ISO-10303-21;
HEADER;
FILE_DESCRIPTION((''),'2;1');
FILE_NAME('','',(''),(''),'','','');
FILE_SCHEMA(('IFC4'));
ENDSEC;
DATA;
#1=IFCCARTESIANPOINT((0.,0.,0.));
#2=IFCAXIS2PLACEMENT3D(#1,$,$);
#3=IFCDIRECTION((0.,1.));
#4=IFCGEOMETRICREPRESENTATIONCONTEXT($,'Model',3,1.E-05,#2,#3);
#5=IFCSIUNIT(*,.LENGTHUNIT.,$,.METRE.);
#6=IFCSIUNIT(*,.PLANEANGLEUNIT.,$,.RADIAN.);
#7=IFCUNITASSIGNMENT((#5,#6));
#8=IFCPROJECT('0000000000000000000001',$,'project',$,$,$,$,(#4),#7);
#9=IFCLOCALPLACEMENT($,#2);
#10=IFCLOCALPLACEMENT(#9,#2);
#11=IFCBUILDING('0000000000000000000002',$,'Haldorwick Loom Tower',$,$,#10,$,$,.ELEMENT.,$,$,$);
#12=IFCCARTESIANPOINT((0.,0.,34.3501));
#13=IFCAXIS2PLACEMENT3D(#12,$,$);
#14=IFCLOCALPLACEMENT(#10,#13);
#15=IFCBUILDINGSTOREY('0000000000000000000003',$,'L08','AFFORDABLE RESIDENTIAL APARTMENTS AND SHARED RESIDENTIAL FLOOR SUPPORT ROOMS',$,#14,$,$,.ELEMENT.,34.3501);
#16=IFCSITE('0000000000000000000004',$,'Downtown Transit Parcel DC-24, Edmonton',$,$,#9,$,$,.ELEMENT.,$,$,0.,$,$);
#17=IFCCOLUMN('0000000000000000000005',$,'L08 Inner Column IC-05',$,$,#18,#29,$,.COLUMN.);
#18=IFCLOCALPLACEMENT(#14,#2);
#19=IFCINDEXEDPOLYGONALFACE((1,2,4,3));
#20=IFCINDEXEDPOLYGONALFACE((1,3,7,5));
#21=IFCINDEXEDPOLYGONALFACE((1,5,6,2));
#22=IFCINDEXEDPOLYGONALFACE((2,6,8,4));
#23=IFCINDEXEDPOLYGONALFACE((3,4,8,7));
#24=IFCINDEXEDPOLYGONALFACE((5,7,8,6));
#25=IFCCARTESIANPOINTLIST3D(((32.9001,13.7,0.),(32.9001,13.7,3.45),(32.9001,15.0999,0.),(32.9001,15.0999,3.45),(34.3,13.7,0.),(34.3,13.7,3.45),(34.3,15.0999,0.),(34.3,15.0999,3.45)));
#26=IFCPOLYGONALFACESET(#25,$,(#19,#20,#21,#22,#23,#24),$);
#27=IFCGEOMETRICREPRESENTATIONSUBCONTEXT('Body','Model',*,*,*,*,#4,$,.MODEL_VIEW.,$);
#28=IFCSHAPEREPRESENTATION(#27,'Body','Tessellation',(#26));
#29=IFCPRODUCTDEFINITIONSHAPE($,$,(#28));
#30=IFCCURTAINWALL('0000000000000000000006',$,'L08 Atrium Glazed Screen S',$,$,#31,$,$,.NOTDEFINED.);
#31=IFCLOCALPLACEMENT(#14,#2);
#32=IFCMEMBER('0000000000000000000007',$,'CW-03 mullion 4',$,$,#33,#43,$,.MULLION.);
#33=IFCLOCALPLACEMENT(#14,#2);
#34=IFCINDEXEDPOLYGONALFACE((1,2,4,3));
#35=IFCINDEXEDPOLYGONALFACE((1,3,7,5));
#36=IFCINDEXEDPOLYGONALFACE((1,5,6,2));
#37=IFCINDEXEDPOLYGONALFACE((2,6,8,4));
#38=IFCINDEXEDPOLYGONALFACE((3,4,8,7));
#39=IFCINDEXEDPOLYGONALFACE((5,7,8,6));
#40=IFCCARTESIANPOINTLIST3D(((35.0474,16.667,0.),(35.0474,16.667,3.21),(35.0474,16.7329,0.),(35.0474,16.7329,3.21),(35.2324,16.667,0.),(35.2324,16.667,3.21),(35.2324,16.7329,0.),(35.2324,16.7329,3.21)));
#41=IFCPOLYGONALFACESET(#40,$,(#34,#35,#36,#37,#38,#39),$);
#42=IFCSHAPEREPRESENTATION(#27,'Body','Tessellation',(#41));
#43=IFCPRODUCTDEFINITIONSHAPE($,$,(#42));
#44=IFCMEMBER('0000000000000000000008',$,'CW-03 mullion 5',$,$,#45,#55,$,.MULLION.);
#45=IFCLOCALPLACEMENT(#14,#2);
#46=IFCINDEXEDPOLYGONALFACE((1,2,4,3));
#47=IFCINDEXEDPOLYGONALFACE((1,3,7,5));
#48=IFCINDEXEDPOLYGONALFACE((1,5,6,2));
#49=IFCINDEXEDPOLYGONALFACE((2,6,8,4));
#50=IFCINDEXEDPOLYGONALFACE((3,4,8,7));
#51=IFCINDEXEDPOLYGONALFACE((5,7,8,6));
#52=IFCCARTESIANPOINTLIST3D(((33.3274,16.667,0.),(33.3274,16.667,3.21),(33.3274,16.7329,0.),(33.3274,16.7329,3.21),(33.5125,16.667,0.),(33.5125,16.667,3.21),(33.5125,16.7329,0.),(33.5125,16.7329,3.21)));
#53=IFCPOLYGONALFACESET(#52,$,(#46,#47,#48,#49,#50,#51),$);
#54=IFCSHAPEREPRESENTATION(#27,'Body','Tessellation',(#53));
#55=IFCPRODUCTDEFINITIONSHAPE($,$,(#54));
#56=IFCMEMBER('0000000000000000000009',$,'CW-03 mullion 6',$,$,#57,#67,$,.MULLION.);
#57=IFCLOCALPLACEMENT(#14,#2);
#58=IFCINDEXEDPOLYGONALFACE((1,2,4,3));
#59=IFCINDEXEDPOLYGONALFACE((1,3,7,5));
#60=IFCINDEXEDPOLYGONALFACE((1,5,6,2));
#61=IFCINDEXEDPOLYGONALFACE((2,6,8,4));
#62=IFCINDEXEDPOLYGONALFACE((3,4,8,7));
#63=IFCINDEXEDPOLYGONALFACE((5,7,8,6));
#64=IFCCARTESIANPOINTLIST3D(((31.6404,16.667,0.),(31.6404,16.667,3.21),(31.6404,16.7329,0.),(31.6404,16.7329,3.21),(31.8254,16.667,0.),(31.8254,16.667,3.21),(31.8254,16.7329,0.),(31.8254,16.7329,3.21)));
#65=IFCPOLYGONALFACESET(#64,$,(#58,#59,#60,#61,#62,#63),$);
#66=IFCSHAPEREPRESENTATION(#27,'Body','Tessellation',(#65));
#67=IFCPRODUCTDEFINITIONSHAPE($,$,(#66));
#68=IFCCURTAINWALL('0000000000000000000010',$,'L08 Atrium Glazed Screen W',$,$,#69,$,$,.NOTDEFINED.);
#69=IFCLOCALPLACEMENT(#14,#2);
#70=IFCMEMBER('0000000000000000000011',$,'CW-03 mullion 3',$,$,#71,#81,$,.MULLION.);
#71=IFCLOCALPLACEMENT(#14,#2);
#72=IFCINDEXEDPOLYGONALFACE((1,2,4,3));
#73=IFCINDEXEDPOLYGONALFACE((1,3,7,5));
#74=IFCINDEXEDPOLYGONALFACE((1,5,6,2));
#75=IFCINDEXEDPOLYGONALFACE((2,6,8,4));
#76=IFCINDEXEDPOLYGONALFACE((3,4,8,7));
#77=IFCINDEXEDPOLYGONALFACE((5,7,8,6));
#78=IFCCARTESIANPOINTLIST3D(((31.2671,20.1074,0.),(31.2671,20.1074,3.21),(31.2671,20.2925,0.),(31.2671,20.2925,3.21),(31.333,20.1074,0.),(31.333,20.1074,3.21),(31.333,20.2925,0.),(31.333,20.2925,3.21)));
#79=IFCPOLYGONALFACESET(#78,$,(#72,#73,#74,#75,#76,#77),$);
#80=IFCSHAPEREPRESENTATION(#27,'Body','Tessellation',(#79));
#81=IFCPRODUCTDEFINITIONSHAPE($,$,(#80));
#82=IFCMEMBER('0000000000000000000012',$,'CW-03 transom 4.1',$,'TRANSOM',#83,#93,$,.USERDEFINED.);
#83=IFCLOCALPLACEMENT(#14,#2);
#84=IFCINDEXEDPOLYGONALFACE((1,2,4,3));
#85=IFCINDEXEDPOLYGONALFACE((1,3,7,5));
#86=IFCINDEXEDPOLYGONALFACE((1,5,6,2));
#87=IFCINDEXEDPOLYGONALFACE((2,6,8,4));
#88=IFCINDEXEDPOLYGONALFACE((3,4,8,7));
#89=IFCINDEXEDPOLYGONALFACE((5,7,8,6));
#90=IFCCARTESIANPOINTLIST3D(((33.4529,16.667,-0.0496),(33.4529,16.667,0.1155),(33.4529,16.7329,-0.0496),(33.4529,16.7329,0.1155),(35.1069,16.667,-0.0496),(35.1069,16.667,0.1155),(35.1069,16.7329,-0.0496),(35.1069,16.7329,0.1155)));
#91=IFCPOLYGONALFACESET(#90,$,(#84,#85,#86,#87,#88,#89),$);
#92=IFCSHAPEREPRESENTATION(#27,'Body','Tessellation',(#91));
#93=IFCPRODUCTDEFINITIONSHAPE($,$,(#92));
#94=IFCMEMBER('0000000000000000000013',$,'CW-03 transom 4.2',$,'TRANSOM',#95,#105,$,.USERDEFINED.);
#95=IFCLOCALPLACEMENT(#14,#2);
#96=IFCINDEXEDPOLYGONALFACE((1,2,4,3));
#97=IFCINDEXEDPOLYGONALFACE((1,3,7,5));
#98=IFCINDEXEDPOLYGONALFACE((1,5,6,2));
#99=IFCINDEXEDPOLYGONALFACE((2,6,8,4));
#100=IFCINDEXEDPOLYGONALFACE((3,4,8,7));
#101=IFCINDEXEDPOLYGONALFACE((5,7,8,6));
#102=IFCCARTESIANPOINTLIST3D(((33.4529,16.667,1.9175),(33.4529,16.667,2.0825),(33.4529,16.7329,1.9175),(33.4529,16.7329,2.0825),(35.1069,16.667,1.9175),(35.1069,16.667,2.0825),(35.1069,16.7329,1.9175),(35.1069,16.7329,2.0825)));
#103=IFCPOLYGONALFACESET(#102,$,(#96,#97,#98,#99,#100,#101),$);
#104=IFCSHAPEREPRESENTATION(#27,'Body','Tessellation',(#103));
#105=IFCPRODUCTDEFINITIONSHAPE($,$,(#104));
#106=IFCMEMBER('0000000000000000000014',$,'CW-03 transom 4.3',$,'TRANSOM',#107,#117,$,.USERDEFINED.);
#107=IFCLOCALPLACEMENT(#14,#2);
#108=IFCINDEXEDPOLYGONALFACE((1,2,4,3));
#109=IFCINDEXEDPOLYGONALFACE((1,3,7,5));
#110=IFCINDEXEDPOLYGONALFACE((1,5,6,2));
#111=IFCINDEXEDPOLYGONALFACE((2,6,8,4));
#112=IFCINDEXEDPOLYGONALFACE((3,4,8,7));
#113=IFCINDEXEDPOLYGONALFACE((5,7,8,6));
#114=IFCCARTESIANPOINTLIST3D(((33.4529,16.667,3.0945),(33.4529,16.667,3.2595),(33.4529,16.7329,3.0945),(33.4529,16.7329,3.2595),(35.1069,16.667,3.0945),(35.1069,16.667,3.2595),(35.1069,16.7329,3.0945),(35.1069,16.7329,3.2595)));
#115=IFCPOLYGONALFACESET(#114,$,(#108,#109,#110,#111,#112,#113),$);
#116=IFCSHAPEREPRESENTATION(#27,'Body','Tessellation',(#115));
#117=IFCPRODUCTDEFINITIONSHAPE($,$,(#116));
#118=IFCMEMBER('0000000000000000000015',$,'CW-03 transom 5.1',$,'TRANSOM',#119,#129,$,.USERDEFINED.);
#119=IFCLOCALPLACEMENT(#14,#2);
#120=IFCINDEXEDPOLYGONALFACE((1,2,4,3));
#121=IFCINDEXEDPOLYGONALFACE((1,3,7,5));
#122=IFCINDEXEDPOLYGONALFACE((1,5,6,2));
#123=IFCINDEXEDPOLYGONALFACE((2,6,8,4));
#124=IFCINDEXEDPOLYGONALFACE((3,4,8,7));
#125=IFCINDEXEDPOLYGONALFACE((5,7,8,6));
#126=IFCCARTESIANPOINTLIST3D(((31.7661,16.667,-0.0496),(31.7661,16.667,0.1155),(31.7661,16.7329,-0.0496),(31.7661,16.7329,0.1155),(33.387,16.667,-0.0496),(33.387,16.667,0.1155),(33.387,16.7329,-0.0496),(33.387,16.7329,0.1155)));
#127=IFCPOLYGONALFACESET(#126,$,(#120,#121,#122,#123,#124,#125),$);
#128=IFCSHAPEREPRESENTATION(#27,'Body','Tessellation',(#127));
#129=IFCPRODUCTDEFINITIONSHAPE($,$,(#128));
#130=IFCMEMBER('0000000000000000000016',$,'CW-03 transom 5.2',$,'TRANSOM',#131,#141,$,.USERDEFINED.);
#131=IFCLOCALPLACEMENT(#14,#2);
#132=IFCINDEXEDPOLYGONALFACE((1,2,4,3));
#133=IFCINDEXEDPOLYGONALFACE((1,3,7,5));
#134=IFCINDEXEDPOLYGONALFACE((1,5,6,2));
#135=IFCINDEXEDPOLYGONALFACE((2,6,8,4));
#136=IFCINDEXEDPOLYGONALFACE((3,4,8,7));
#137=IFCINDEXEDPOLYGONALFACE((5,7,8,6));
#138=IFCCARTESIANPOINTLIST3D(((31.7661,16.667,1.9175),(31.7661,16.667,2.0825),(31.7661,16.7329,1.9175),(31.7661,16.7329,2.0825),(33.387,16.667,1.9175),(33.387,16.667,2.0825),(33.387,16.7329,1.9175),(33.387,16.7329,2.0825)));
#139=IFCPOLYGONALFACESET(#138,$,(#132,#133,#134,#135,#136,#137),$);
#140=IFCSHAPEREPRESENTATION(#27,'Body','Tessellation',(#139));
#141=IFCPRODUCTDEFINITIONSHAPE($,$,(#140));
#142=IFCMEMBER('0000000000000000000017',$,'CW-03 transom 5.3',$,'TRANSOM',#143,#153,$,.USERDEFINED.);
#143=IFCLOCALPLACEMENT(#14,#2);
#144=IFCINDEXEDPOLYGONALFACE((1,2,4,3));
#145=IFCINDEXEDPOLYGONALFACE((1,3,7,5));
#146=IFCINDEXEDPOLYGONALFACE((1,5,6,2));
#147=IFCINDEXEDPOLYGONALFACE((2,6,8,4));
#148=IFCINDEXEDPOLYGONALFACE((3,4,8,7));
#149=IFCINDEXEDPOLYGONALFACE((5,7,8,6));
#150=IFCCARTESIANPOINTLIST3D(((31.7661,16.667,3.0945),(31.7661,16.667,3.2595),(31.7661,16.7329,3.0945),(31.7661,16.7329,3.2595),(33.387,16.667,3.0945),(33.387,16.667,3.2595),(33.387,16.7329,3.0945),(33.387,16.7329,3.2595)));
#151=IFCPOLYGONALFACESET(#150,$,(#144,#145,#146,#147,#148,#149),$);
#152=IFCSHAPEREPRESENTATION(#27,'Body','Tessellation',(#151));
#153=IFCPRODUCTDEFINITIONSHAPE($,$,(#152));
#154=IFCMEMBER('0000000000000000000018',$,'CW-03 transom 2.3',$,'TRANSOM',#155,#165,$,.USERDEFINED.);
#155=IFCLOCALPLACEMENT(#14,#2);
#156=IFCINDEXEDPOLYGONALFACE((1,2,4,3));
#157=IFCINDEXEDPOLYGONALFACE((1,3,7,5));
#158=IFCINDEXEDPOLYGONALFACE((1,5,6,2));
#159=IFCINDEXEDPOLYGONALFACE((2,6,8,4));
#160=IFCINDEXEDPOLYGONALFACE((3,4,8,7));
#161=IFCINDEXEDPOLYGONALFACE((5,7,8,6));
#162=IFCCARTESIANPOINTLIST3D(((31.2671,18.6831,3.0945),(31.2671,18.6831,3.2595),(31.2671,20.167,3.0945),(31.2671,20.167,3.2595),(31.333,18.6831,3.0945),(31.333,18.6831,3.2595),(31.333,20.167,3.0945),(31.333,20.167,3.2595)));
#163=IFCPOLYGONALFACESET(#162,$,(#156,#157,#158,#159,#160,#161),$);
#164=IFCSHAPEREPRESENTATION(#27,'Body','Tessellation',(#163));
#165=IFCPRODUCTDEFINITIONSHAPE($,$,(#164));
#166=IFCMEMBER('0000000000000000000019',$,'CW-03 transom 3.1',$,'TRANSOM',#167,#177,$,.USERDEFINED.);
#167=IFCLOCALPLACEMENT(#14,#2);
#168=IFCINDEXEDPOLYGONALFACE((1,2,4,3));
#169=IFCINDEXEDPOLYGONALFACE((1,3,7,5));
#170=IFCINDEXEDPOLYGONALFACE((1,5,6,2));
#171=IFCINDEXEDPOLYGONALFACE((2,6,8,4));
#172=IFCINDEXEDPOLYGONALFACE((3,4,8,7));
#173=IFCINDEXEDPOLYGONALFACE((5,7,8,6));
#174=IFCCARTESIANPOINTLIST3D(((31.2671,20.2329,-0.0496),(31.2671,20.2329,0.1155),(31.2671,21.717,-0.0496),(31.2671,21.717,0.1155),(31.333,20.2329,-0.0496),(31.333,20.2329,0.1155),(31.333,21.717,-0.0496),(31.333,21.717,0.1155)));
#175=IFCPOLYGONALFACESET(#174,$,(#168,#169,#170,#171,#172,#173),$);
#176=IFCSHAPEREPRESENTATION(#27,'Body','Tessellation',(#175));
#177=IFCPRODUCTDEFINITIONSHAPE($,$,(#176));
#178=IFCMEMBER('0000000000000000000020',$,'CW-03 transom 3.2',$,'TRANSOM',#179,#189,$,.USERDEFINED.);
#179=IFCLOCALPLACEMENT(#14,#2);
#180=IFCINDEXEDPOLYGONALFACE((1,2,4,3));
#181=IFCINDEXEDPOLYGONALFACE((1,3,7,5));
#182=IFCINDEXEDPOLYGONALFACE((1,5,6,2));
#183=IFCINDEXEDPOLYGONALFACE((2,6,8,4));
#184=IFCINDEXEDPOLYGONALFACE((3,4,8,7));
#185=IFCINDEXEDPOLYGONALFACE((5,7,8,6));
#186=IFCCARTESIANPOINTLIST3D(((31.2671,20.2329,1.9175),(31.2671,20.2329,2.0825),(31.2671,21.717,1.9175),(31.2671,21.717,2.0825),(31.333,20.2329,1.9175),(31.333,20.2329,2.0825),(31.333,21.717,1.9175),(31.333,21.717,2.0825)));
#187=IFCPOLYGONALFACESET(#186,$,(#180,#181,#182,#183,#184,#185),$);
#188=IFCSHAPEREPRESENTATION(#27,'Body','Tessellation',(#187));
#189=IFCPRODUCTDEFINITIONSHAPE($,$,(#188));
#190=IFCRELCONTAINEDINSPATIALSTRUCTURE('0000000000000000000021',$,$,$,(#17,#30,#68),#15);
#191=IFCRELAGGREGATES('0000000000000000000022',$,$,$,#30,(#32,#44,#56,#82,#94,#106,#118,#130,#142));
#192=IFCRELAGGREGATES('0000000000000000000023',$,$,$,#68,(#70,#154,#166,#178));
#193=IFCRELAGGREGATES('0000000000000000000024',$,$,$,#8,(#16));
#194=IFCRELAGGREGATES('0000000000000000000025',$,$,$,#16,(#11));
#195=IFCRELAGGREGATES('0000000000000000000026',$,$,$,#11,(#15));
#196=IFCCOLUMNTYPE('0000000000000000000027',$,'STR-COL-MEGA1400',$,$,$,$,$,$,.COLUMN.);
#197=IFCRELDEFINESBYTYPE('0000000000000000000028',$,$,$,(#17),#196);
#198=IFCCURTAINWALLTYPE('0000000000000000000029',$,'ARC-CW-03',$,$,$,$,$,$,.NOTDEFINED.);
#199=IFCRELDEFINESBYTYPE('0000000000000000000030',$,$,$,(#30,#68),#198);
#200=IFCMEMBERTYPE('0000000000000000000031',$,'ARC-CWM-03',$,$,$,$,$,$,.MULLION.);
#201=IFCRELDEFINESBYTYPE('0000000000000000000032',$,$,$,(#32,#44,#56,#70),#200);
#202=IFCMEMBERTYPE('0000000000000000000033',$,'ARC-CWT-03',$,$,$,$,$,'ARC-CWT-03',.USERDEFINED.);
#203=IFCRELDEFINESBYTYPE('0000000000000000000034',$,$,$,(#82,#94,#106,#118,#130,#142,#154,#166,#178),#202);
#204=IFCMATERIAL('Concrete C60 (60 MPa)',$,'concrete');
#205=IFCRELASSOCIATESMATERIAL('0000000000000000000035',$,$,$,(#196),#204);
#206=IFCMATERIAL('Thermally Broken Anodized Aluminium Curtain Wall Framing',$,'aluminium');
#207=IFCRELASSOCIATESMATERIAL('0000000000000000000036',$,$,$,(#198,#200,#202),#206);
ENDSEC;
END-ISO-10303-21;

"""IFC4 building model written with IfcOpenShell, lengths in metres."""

from ifc_helpers import new_model, si_unit, direction, frame, origin, origin_2d, place, context, subcontext, project, spatial, rectangle, extrude, material, material_profile, profile_set, type_object, element, aggregate, save


model = new_model("IFC4")

# Units and contexts
model_context = context("Model", 3, precision=1e-05, world=origin(), true_north=direction((0.0, 1.0)))
body_context = subcontext(model_context, "Body", "Model", "MODEL_VIEW")
ifc_project = project(units=[si_unit("LENGTHUNIT", "METRE"), si_unit("PLANEANGLEUNIT", "RADIAN")], contexts=[model_context])

# Site, building, storey
site_placement = place(None, origin())
site = spatial("IfcSite", under=ifc_project, at=site_placement, Name="Downtown Transit Parcel DC-24, Edmonton", CompositionType="ELEMENT", RefElevation=0.0)
building_placement = place(site_placement, origin())
building = spatial("IfcBuilding", under=site, at=building_placement, Name="Haldorwick Loom Tower", CompositionType="ELEMENT")
storey_placement = place(building_placement, frame((0.0, 0.0, 34.3501)))
storey = spatial("IfcBuildingStorey", under=building, at=storey_placement, Name="L08", Description="AFFORDABLE RESIDENTIAL APARTMENTS AND SHARED RESIDENTIAL FLOOR SUPPORT ROOMS", CompositionType="ELEMENT", Elevation=34.3501)

# Column
ifc_material_1 = material(Name="Concrete C60 (60 MPa)", Category="concrete")
ifc_material_profile_1 = material_profile(ifc_material_1, rectangle(XDim=1.3999, YDim=1.3999, at=origin_2d()), Name="RC1400X1400", Category="concrete")
ifc_profile_set_1 = profile_set([ifc_material_profile_1], Name="Concrete C60 (60 MPa)")
column_type = type_object("IfcColumnType", Name="STR-COL-MEGA1400", PredefinedType="COLUMN", material=ifc_profile_set_1)
column_placement = place(storey_placement, frame((33.6001, 14.3999, 0.0), z_axis=(0.0, 0.0, 1.0), x_axis=(1.0, 0.0, 0.0)))
element("IfcColumn", 1, at=column_placement, inside=storey, type_object=column_type, Name="L08 Inner Column IC-05", PredefinedType="COLUMN", context=body_context, shape_type="SweptSolid", body=[
    extrude(rectangle(XDim=1.3999, YDim=1.3999, at=origin_2d()), origin(), (0.0, 0.0, 1.0), 3.45),
])

# Curtain wall, members
ifc_material_2 = material(Name="Thermally Broken Anodized Aluminium Curtain Wall Framing", Category="aluminium")
curtain_wall_type = type_object("IfcCurtainWallType", Name="ARC-CW-03", PredefinedType="NOTDEFINED", material=ifc_material_2)
curtain_wall_1_placement = place(storey_placement, origin())
curtain_wall_1 = element("IfcCurtainWall", 2, at=curtain_wall_1_placement, inside=storey, type_object=curtain_wall_type, Name="L08 Atrium Glazed Screen S", PredefinedType="NOTDEFINED")
ifc_material_profile_2 = material_profile(ifc_material_2, rectangle(XDim=0.0659, YDim=0.1851, at=origin_2d()), Name="ALU_MUL_66X185", Category="aluminium")
ifc_profile_set_2 = profile_set([ifc_material_profile_2], Name="Thermally Broken Anodized Aluminium Curtain Wall Framing")
member_type_1 = type_object("IfcMemberType", Name="ARC-CWM-03", PredefinedType="MULLION", material=ifc_profile_set_2)
member_1_placement = place(storey_placement, frame((35.1399, 16.7, 0.0), z_axis=(0.0, 0.0, 1.0), x_axis=(0.0, -1.0, 0.0)))
member_1 = element("IfcMember", 3, at=member_1_placement, type_object=member_type_1, Name="CW-03 mullion 4", PredefinedType="MULLION", context=body_context, shape_type="SweptSolid", body=[
    extrude(rectangle(XDim=0.0659, YDim=0.1851, at=origin_2d()), origin(), (0.0, 0.0, 1.0), 3.21),
])
member_2_placement = place(storey_placement, frame((33.4199, 16.7, 0.0), z_axis=(0.0, 0.0, 1.0), x_axis=(0.0, -1.0, 0.0)))
member_2 = element("IfcMember", 4, at=member_2_placement, type_object=member_type_1, Name="CW-03 mullion 5", PredefinedType="MULLION", context=body_context, shape_type="SweptSolid", body=[
    extrude(rectangle(XDim=0.0659, YDim=0.1851, at=origin_2d()), origin(), (0.0, 0.0, 1.0), 3.21),
])
member_3_placement = place(storey_placement, frame((31.7329, 16.7, 0.0), z_axis=(0.0, 0.0, 1.0), x_axis=(0.0, -1.0, 0.0)))
member_3 = element("IfcMember", 5, at=member_3_placement, type_object=member_type_1, Name="CW-03 mullion 6", PredefinedType="MULLION", context=body_context, shape_type="SweptSolid", body=[
    extrude(rectangle(XDim=0.0659, YDim=0.1851, at=origin_2d()), origin(), (0.0, 0.0, 1.0), 3.21),
])

# Curtain wall, member
curtain_wall_2_placement = place(storey_placement, origin())
curtain_wall_2 = element("IfcCurtainWall", 6, at=curtain_wall_2_placement, inside=storey, type_object=curtain_wall_type, Name="L08 Atrium Glazed Screen W", PredefinedType="NOTDEFINED")
member_4_placement = place(storey_placement, frame((31.3, 20.2, 0.0), z_axis=(0.0, 0.0, 1.0), x_axis=(-1.0, 0.0, 0.0)))
member_4 = element("IfcMember", 7, at=member_4_placement, type_object=member_type_1, Name="CW-03 mullion 3", PredefinedType="MULLION", context=body_context, shape_type="SweptSolid", body=[
    extrude(rectangle(XDim=0.0659, YDim=0.1851, at=origin_2d()), origin(), (0.0, 0.0, 1.0), 3.21),
])

# Members
ifc_material_profile_3 = material_profile(ifc_material_2, rectangle(XDim=0.0659, YDim=0.165, at=origin_2d()), Name="ALU_TRN_66X165", Category="aluminium")
ifc_profile_set_3 = profile_set([ifc_material_profile_3], Name="Thermally Broken Anodized Aluminium Curtain Wall Framing")
member_type_2 = type_object("IfcMemberType", Name="ARC-CWT-03", ElementType="ARC-CWT-03", PredefinedType="USERDEFINED", material=ifc_profile_set_3)
member_5_placement = place(storey_placement, frame((35.1069, 16.7, 0.033), z_axis=(-1.0, 0.0, 0.0), x_axis=(0.0, -1.0, 0.0)))
member_5 = element("IfcMember", 8, at=member_5_placement, type_object=member_type_2, Name="CW-03 transom 4.1", ObjectType="TRANSOM", PredefinedType="USERDEFINED", context=body_context, shape_type="SweptSolid", body=[
    extrude(rectangle(XDim=0.0659, YDim=0.165, at=origin_2d()), origin(), (0.0, 0.0, 1.0), 1.6541),
])
member_6_placement = place(storey_placement, frame((35.1069, 16.7, 2.0), z_axis=(-1.0, 0.0, 0.0), x_axis=(0.0, -1.0, 0.0)))
member_6 = element("IfcMember", 9, at=member_6_placement, type_object=member_type_2, Name="CW-03 transom 4.2", ObjectType="TRANSOM", PredefinedType="USERDEFINED", context=body_context, shape_type="SweptSolid", body=[
    extrude(rectangle(XDim=0.0659, YDim=0.165, at=origin_2d()), origin(), (0.0, 0.0, 1.0), 1.6541),
])
member_7_placement = place(storey_placement, frame((35.1069, 16.7, 3.177), z_axis=(-1.0, 0.0, 0.0), x_axis=(0.0, -1.0, 0.0)))
member_7 = element("IfcMember", 10, at=member_7_placement, type_object=member_type_2, Name="CW-03 transom 4.3", ObjectType="TRANSOM", PredefinedType="USERDEFINED", context=body_context, shape_type="SweptSolid", body=[
    extrude(rectangle(XDim=0.0659, YDim=0.165, at=origin_2d()), origin(), (0.0, 0.0, 1.0), 1.6541),
])
member_8_placement = place(storey_placement, frame((33.387, 16.7, 0.033), z_axis=(-1.0, 0.0, 0.0), x_axis=(0.0, -1.0, 0.0)))
member_8 = element("IfcMember", 11, at=member_8_placement, type_object=member_type_2, Name="CW-03 transom 5.1", ObjectType="TRANSOM", PredefinedType="USERDEFINED", context=body_context, shape_type="SweptSolid", body=[
    extrude(rectangle(XDim=0.0659, YDim=0.165, at=origin_2d()), origin(), (0.0, 0.0, 1.0), 1.6208),
])
member_9_placement = place(storey_placement, frame((33.387, 16.7, 2.0), z_axis=(-1.0, 0.0, 0.0), x_axis=(0.0, -1.0, 0.0)))
member_9 = element("IfcMember", 12, at=member_9_placement, type_object=member_type_2, Name="CW-03 transom 5.2", ObjectType="TRANSOM", PredefinedType="USERDEFINED", context=body_context, shape_type="SweptSolid", body=[
    extrude(rectangle(XDim=0.0659, YDim=0.165, at=origin_2d()), origin(), (0.0, 0.0, 1.0), 1.6208),
])
member_10_placement = place(storey_placement, frame((33.387, 16.7, 3.177), z_axis=(-1.0, 0.0, 0.0), x_axis=(0.0, -1.0, 0.0)))
member_10 = element("IfcMember", 13, at=member_10_placement, type_object=member_type_2, Name="CW-03 transom 5.3", ObjectType="TRANSOM", PredefinedType="USERDEFINED", context=body_context, shape_type="SweptSolid", body=[
    extrude(rectangle(XDim=0.0659, YDim=0.165, at=origin_2d()), origin(), (0.0, 0.0, 1.0), 1.6208),
])
member_11_placement = place(storey_placement, frame((31.3, 18.6831, 3.177), z_axis=(0.0, 1.0, 0.0), x_axis=(-1.0, 0.0, 0.0)))
member_11 = element("IfcMember", 14, at=member_11_placement, type_object=member_type_2, Name="CW-03 transom 2.3", ObjectType="TRANSOM", PredefinedType="USERDEFINED", context=body_context, shape_type="SweptSolid", body=[
    extrude(rectangle(XDim=0.0659, YDim=0.165, at=origin_2d()), origin(), (0.0, 0.0, 1.0), 1.4839),
])
member_12_placement = place(storey_placement, frame((31.3, 20.2329, 0.033), z_axis=(0.0, 1.0, 0.0), x_axis=(-1.0, 0.0, 0.0)))
member_12 = element("IfcMember", 15, at=member_12_placement, type_object=member_type_2, Name="CW-03 transom 3.1", ObjectType="TRANSOM", PredefinedType="USERDEFINED", context=body_context, shape_type="SweptSolid", body=[
    extrude(rectangle(XDim=0.0659, YDim=0.165, at=origin_2d()), origin(), (0.0, 0.0, 1.0), 1.4841),
])
member_13_placement = place(storey_placement, frame((31.3, 20.2329, 2.0), z_axis=(0.0, 1.0, 0.0), x_axis=(-1.0, 0.0, 0.0)))
member_13 = element("IfcMember", 16, at=member_13_placement, type_object=member_type_2, Name="CW-03 transom 3.2", ObjectType="TRANSOM", PredefinedType="USERDEFINED", context=body_context, shape_type="SweptSolid", body=[
    extrude(rectangle(XDim=0.0659, YDim=0.165, at=origin_2d()), origin(), (0.0, 0.0, 1.0), 1.4841),
])

aggregate(curtain_wall_1, [member_1, member_2, member_3, member_5, member_6, member_7, member_8, member_9, member_10])
aggregate(curtain_wall_2, [member_4, member_11, member_12, member_13])

save(model, "model.ifc")
